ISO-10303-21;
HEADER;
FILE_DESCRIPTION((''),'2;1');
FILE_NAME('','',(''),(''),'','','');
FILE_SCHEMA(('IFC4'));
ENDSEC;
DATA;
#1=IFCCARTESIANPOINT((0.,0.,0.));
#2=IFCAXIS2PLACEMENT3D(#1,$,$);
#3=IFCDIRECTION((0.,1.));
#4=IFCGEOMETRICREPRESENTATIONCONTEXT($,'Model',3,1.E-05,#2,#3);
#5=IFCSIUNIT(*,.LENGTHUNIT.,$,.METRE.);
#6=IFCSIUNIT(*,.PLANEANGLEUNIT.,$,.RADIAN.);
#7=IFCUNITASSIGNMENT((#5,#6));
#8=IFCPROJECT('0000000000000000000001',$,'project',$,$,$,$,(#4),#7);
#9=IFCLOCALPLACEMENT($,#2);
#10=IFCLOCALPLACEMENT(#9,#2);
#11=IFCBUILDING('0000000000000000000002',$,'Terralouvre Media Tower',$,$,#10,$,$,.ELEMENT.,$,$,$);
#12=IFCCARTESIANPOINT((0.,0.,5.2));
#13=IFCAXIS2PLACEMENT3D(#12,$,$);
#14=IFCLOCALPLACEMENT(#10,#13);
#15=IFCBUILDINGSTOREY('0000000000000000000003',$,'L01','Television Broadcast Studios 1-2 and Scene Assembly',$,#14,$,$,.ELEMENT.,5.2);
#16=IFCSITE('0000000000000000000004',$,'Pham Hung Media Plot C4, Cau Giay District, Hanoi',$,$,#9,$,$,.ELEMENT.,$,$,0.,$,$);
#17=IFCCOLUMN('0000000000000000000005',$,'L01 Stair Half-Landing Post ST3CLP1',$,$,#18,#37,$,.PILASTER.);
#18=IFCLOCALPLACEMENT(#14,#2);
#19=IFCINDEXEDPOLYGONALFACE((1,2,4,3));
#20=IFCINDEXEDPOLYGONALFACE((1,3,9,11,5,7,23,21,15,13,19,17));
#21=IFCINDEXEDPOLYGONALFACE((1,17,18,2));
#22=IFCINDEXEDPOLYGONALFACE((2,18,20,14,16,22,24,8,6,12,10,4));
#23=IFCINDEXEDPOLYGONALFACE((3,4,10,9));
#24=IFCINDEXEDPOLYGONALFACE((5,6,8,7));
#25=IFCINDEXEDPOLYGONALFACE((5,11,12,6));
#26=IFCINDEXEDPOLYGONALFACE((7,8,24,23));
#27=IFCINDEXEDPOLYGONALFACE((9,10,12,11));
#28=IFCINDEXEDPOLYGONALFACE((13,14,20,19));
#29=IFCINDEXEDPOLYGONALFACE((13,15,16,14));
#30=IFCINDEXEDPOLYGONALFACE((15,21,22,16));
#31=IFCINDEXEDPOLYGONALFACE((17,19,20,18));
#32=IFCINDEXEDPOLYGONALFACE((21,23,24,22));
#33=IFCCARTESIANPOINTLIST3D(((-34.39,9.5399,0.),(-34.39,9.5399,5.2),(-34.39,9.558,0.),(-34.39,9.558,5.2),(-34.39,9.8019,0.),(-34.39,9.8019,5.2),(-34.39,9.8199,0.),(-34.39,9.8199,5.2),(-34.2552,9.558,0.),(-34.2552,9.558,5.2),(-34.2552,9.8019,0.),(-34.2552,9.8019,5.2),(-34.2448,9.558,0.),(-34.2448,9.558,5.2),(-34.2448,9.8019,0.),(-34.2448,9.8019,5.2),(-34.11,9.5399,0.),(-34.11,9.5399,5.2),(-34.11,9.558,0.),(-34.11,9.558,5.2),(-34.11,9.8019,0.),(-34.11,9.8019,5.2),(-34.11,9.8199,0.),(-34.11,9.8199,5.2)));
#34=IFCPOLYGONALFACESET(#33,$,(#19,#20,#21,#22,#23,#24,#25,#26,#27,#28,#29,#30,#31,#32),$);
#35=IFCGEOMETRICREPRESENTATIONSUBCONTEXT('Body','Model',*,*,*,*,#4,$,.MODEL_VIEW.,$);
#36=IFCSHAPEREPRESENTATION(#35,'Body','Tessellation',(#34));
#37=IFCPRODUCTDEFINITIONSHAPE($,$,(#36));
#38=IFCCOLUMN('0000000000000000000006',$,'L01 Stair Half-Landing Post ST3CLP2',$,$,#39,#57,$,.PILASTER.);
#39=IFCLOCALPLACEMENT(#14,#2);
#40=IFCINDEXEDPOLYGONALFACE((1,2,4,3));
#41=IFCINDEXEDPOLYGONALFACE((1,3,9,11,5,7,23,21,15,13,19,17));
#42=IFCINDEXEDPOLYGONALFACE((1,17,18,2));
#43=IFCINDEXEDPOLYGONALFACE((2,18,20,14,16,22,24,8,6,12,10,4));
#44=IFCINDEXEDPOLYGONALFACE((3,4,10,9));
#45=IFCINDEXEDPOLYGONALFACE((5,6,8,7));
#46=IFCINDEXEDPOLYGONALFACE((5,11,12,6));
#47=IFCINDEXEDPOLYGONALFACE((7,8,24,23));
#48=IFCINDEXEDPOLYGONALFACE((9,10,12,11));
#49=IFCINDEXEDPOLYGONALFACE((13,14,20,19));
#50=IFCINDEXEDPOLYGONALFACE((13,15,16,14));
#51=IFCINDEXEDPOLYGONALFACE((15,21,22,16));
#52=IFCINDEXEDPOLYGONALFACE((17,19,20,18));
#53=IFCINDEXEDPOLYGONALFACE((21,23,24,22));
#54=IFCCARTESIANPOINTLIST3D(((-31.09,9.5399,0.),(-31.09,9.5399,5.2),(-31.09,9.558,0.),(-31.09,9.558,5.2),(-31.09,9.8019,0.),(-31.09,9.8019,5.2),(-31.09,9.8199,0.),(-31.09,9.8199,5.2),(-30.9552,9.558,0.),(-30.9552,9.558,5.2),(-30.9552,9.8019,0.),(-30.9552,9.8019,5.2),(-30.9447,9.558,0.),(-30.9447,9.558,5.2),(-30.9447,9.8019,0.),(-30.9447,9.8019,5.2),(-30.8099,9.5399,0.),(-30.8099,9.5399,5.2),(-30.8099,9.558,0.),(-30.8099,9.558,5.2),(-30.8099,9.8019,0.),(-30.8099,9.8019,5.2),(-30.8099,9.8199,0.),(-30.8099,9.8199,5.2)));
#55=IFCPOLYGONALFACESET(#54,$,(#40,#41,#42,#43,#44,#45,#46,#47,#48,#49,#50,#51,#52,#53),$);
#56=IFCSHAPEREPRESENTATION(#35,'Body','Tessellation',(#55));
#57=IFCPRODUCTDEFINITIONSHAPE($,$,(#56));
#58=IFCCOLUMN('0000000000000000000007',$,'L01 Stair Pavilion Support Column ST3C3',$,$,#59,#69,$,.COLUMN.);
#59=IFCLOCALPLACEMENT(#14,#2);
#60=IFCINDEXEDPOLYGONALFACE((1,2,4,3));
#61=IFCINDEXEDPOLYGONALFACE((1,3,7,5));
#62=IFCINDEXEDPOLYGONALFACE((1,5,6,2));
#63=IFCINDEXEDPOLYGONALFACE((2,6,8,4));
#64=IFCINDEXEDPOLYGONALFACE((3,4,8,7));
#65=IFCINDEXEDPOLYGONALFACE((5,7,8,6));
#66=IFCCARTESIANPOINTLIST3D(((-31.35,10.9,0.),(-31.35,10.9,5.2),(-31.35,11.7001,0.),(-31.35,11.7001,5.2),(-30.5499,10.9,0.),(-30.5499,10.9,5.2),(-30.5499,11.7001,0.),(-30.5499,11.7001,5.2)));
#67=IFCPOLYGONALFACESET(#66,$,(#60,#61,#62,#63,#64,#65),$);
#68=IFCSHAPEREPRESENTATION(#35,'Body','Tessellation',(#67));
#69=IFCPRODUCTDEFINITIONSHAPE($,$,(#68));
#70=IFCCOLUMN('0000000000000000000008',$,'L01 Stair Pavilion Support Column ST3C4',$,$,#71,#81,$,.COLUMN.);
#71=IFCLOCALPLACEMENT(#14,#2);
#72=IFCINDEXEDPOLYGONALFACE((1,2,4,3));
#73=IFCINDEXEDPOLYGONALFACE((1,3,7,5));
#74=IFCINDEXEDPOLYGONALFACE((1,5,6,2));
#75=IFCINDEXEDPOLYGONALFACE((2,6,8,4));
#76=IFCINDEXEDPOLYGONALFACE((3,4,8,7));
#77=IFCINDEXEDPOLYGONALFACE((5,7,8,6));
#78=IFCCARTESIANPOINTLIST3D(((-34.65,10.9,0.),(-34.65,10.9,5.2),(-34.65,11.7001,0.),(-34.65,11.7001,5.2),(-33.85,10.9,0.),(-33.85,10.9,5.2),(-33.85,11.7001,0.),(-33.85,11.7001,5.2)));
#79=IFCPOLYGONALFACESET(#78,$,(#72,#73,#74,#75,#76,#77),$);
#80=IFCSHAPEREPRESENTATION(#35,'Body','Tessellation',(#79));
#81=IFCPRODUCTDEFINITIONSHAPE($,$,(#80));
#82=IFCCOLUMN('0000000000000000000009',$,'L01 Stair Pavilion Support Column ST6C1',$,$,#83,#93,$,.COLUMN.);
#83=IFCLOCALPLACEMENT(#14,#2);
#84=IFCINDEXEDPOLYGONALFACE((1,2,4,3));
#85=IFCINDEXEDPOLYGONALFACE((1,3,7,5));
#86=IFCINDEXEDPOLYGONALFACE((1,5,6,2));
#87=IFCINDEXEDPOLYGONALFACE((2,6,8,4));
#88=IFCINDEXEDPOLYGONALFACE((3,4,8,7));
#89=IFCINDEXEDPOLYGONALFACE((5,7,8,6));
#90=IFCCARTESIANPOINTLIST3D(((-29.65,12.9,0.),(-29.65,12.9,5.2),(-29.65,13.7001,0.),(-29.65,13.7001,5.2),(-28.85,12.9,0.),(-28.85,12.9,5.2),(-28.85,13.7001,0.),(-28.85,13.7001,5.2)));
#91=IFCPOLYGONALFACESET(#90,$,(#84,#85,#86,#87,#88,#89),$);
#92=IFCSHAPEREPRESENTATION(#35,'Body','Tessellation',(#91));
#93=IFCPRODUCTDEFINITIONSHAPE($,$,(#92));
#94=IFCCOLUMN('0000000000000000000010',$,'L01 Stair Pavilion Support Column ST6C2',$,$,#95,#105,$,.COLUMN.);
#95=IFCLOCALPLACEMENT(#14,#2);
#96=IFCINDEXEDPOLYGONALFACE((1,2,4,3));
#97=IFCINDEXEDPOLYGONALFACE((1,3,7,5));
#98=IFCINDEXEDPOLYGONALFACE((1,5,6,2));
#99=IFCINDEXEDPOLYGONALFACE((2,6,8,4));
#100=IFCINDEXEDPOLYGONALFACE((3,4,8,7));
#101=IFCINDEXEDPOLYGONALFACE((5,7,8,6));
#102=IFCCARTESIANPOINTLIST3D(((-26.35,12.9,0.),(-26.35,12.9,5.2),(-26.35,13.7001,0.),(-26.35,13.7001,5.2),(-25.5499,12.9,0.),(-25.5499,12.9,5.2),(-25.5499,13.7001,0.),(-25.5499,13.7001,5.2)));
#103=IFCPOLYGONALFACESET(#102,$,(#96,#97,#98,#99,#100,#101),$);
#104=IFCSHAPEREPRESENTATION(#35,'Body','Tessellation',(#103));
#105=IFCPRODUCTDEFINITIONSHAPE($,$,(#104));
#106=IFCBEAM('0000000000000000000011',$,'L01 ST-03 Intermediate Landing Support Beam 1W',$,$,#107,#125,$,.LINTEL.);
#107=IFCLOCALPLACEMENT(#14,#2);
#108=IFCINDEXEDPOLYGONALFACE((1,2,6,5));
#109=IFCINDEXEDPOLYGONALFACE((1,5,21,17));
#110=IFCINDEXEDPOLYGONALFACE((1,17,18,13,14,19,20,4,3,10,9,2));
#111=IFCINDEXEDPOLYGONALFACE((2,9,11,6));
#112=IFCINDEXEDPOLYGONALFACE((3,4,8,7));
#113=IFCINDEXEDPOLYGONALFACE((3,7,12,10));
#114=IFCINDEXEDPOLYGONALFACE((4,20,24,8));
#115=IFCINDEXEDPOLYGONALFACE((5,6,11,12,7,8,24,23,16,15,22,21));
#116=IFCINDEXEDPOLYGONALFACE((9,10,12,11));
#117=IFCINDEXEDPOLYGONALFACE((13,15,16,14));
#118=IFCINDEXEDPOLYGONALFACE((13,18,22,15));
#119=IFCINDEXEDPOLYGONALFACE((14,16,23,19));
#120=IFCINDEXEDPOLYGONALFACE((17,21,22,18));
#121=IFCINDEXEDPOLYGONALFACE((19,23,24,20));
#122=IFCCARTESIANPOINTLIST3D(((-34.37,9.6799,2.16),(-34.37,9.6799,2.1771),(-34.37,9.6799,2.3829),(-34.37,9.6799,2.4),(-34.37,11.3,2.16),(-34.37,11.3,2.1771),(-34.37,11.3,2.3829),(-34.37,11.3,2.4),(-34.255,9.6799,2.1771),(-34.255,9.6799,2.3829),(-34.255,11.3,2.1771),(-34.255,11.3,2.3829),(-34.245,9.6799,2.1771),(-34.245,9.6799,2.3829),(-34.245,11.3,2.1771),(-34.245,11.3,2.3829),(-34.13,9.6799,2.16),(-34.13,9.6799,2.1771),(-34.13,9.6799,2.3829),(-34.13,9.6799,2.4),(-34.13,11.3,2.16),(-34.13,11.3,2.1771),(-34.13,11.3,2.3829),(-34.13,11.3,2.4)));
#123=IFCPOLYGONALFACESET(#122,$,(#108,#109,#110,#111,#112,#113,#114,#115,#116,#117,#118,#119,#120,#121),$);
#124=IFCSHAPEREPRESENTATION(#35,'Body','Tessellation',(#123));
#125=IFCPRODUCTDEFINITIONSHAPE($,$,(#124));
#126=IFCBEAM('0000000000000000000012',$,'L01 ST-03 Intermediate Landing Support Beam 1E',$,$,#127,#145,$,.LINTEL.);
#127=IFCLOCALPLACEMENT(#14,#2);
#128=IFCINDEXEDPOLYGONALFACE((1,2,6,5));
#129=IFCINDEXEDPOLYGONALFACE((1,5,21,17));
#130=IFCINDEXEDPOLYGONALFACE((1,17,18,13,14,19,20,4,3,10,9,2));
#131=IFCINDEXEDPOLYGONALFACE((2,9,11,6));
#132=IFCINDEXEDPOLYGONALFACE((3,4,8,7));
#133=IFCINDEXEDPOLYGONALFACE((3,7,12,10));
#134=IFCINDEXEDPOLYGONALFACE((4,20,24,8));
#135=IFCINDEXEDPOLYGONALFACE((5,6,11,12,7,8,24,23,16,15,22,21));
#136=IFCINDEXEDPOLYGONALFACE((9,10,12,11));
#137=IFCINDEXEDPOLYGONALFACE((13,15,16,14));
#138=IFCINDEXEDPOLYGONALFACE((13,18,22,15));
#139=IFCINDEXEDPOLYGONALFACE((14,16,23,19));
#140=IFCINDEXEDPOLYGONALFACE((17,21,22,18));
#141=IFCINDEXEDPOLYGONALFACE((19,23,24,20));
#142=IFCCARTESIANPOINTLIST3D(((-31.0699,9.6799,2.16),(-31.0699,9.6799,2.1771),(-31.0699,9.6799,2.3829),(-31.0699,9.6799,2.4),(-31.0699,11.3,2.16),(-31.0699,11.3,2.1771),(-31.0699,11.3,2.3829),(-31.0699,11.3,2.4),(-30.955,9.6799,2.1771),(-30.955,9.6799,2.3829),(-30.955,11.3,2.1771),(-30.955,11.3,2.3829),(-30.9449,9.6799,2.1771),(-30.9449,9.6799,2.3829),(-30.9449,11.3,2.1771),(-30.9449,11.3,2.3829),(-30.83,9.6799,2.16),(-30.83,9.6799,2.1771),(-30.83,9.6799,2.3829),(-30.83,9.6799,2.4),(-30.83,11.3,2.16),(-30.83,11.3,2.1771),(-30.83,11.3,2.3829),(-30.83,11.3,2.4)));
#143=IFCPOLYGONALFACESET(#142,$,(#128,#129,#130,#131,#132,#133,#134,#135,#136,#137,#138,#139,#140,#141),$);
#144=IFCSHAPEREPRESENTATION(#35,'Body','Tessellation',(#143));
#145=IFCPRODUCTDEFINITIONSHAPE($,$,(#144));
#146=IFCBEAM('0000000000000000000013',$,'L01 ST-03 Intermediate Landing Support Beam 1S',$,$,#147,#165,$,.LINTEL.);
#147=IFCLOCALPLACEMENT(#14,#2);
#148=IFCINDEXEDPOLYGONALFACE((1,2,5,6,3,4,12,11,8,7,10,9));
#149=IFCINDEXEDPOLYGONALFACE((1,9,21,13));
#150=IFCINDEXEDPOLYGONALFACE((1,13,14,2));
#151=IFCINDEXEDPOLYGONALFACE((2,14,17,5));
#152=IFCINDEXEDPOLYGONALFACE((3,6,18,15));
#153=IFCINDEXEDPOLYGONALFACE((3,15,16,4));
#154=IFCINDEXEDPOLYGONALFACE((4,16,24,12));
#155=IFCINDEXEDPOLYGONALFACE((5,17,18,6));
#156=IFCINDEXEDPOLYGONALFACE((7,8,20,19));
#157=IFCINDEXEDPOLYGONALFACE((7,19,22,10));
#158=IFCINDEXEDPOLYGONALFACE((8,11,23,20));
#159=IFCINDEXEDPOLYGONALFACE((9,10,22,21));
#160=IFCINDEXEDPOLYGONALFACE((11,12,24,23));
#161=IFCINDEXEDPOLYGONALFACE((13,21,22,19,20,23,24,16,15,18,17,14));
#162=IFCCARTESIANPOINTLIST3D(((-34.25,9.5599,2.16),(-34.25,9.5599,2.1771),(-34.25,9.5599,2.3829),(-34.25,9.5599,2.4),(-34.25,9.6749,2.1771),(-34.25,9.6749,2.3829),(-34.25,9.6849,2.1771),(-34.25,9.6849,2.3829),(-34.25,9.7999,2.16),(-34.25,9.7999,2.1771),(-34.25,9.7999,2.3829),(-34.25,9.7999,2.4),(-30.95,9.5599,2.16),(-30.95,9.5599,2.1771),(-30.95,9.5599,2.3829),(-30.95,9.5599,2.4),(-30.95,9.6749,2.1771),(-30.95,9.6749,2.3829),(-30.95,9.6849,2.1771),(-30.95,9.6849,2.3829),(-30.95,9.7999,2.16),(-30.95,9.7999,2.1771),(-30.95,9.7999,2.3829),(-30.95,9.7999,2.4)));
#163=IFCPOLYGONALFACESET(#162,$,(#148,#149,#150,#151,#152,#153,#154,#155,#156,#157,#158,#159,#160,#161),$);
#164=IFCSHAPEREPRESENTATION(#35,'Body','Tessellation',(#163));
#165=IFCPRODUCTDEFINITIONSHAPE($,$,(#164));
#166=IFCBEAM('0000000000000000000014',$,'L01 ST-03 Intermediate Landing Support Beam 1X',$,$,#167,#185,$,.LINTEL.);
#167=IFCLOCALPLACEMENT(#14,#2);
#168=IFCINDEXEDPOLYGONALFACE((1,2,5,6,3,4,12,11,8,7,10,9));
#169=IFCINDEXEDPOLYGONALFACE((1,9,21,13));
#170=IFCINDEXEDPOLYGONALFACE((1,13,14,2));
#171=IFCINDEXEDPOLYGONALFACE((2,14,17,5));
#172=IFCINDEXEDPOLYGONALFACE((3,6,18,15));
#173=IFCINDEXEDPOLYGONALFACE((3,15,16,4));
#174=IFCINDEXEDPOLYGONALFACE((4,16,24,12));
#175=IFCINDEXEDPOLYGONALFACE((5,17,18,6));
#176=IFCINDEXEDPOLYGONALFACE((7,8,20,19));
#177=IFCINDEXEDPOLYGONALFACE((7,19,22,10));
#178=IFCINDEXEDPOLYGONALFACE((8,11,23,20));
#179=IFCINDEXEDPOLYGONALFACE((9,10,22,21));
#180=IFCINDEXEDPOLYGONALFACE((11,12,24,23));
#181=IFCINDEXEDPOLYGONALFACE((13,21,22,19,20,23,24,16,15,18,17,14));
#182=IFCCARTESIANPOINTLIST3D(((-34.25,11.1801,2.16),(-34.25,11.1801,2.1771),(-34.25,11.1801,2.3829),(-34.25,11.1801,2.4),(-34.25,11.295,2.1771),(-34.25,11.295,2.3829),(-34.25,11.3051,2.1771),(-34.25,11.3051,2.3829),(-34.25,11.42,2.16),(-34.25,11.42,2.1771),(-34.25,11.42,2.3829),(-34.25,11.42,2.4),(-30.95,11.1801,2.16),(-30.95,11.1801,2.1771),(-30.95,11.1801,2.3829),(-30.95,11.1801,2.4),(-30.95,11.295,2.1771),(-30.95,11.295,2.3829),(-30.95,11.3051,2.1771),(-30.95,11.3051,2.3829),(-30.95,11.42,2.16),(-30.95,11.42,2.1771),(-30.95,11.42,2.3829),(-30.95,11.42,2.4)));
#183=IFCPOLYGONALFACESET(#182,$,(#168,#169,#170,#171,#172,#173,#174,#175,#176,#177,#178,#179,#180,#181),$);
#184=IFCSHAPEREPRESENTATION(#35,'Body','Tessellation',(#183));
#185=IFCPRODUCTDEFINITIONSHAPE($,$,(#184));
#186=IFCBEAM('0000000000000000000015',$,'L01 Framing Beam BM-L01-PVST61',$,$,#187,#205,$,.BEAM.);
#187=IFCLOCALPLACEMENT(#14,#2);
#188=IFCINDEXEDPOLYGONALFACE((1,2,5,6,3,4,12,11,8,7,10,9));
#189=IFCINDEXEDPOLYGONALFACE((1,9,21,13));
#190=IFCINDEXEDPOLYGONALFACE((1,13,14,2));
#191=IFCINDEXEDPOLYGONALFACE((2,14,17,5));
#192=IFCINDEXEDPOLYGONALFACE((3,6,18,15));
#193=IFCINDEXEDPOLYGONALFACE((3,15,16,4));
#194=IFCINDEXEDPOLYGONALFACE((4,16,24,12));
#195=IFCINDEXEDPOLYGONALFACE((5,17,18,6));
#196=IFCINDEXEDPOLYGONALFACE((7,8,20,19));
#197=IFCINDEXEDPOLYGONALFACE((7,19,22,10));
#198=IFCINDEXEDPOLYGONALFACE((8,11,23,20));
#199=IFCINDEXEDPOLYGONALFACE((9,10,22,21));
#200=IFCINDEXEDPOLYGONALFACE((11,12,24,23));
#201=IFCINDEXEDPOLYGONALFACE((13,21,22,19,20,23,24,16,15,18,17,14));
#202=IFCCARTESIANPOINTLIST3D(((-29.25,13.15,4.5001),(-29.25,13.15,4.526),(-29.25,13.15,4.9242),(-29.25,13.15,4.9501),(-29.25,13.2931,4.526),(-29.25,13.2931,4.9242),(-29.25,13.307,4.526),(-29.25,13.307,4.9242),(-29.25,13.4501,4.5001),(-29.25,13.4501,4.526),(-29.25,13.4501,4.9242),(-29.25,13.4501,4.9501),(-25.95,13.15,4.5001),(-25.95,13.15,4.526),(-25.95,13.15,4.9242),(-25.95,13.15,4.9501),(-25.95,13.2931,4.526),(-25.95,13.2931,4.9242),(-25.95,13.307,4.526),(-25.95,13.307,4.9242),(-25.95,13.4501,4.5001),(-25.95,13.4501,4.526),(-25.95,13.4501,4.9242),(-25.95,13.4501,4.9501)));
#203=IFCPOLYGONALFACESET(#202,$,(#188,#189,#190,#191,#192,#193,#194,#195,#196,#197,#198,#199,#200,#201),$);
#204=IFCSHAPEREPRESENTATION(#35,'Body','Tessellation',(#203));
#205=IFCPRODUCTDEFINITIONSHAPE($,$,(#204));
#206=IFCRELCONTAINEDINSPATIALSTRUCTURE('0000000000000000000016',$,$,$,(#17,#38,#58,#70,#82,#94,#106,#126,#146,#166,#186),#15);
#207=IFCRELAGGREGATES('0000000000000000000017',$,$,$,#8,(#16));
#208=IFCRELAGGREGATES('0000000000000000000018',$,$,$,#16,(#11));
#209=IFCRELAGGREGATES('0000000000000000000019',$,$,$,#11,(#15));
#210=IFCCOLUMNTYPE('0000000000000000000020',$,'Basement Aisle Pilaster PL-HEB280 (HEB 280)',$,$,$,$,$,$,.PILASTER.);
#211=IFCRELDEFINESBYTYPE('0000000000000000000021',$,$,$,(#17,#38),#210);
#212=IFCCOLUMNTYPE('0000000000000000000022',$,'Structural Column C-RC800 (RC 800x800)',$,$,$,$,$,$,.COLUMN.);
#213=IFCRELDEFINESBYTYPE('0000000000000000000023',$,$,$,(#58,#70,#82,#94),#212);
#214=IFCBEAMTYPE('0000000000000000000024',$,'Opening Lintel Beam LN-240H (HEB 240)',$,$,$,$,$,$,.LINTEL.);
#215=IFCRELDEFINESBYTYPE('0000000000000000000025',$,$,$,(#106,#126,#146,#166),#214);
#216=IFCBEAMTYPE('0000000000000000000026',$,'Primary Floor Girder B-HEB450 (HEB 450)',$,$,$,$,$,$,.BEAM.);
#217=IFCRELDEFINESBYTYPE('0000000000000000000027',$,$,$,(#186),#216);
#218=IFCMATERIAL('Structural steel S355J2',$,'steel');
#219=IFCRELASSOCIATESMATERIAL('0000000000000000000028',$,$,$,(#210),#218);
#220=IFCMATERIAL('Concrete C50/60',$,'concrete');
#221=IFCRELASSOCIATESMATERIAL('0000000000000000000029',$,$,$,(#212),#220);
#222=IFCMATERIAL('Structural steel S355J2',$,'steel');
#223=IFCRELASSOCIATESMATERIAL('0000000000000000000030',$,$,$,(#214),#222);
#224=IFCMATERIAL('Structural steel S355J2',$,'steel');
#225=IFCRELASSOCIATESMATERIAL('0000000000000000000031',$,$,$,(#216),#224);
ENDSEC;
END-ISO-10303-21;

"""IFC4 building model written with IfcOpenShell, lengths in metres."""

from ifc_helpers import new_model, si_unit, direction, frame, origin, origin_2d, place, context, subcontext, project, spatial, rectangle, i_section, extrude, material, material_profile, profile_set, type_object, element, save


model = new_model("IFC4")

# Units and contexts
model_context = context("Model", 3, precision=1e-05, world=origin(), true_north=direction((0.0, 1.0)))
body_context = subcontext(model_context, "Body", "Model", "MODEL_VIEW")
ifc_project = project(units=[si_unit("LENGTHUNIT", "METRE"), si_unit("PLANEANGLEUNIT", "RADIAN")], contexts=[model_context])

# Site, building, storey
site_placement = place(None, origin())
site = spatial("IfcSite", under=ifc_project, at=site_placement, Name="Pham Hung Media Plot C4, Cau Giay District, Hanoi", CompositionType="ELEMENT", RefElevation=0.0)
building_placement = place(site_placement, origin())
building = spatial("IfcBuilding", under=site, at=building_placement, Name="Terralouvre Media Tower", CompositionType="ELEMENT")
storey_placement = place(building_placement, frame((0.0, 0.0, 5.2)))
storey = spatial("IfcBuildingStorey", under=building, at=storey_placement, Name="L01", Description="Television Broadcast Studios 1-2 and Scene Assembly", CompositionType="ELEMENT", Elevation=5.2)

# Columns
ifc_material_1 = material(Name="Structural steel S355J2", Category="steel")
ifc_material_profile_1 = material_profile(ifc_material_1, i_section(OverallWidth=0.28, OverallDepth=0.28, WebThickness=0.0105, FlangeThickness=0.0181, at=origin_2d()), Name="HEB 280")
ifc_profile_set_1 = profile_set([ifc_material_profile_1], Name="Structural steel S355J2")
column_type_1 = type_object("IfcColumnType", Name="Basement Aisle Pilaster PL-HEB280 (HEB 280)", PredefinedType="PILASTER", material=ifc_profile_set_1)
for number, where, z_axis, x_axis, name in (
    (1, (-34.25, 9.6799, 0.0), (0.0, 0.0, 1.0), (1.0, 0.0, 0.0), "L01 Stair Half-Landing Post ST3CLP1"),
    (2, (-30.95, 9.6799, 0.0), (0.0, 0.0, 1.0), (1.0, 0.0, 0.0), "L01 Stair Half-Landing Post ST3CLP2"),
):
    element("IfcColumn", number, at=place(storey_placement, frame(where, z_axis=z_axis, x_axis=x_axis)), inside=storey, type_object=column_type_1, Name=name, PredefinedType="PILASTER", context=body_context, shape_type="SweptSolid", body=[
        extrude(i_section(OverallWidth=0.28, OverallDepth=0.28, WebThickness=0.0105, FlangeThickness=0.0181, at=origin_2d()), origin(), (0.0, 0.0, 1.0), 5.2),
    ])
ifc_material_2 = material(Name="Concrete C50/60", Category="concrete")
ifc_material_profile_2 = material_profile(ifc_material_2, rectangle(XDim=0.8, YDim=0.8, at=origin_2d()), Name="RC 800x800")
ifc_profile_set_2 = profile_set([ifc_material_profile_2], Name="Concrete C50/60")
column_type_2 = type_object("IfcColumnType", Name="Structural Column C-RC800 (RC 800x800)", PredefinedType="COLUMN", material=ifc_profile_set_2)
for number, where, z_axis, x_axis, name in (
    (3, (-30.95, 11.3, 0.0), (0.0, 0.0, 1.0), (1.0, 0.0, 0.0), "L01 Stair Pavilion Support Column ST3C3"),
    (4, (-34.25, 11.3, 0.0), (0.0, 0.0, 1.0), (1.0, 0.0, 0.0), "L01 Stair Pavilion Support Column ST3C4"),
    (5, (-29.25, 13.3, 0.0), (0.0, 0.0, 1.0), (1.0, 0.0, 0.0), "L01 Stair Pavilion Support Column ST6C1"),
    (6, (-25.95, 13.3, 0.0), (0.0, 0.0, 1.0), (1.0, 0.0, 0.0), "L01 Stair Pavilion Support Column ST6C2"),
):
    element("IfcColumn", number, at=place(storey_placement, frame(where, z_axis=z_axis, x_axis=x_axis)), inside=storey, type_object=column_type_2, Name=name, PredefinedType="COLUMN", context=body_context, shape_type="SweptSolid", body=[
        extrude(rectangle(XDim=0.8, YDim=0.8, at=origin_2d()), origin(), (0.0, 0.0, 1.0), 5.2),
    ])

# Beams
ifc_material_3 = material(Name="Structural steel S355J2", Category="steel")
ifc_material_profile_3 = material_profile(ifc_material_3, i_section(OverallWidth=0.24, OverallDepth=0.24, WebThickness=0.01, FlangeThickness=0.0171, at=origin_2d()), Name="HEB 240")
ifc_profile_set_3 = profile_set([ifc_material_profile_3], Name="Structural steel S355J2")
beam_type_1 = type_object("IfcBeamType", Name="Opening Lintel Beam LN-240H (HEB 240)", PredefinedType="LINTEL", material=ifc_profile_set_3)
for number, where, z_axis, x_axis, name in (
    (7, (-34.25, 9.6799, 2.28), (0.0, 1.0, 0.0), (-1.0, 0.0, 0.0), "L01 ST-03 Intermediate Landing Support Beam 1W"),
    (8, (-30.95, 9.6799, 2.28), (0.0, 1.0, 0.0), (-1.0, 0.0, 0.0), "L01 ST-03 Intermediate Landing Support Beam 1E"),
):
    element("IfcBeam", number, at=place(storey_placement, frame(where, z_axis=z_axis, x_axis=x_axis)), inside=storey, type_object=beam_type_1, Name=name, PredefinedType="LINTEL", context=body_context, shape_type="SweptSolid", body=[
        extrude(i_section(OverallWidth=0.24, OverallDepth=0.24, WebThickness=0.01, FlangeThickness=0.0171, at=origin_2d()), origin(), (0.0, 0.0, 1.0), 1.6201),
    ])
for number, where, z_axis, x_axis, name in (
    (9, (-34.25, 9.6799, 2.28), (1.0, 0.0, 0.0), (0.0, 1.0, 0.0), "L01 ST-03 Intermediate Landing Support Beam 1S"),
    (10, (-34.25, 11.3, 2.28), (1.0, 0.0, 0.0), (0.0, 1.0, 0.0), "L01 ST-03 Intermediate Landing Support Beam 1X"),
):
    element("IfcBeam", number, at=place(storey_placement, frame(where, z_axis=z_axis, x_axis=x_axis)), inside=storey, type_object=beam_type_1, Name=name, PredefinedType="LINTEL", context=body_context, shape_type="SweptSolid", body=[
        extrude(i_section(OverallWidth=0.24, OverallDepth=0.24, WebThickness=0.01, FlangeThickness=0.0171, at=origin_2d()), origin(), (0.0, 0.0, 1.0), 3.3),
    ])
ifc_material_4 = material(Name="Structural steel S355J2", Category="steel")
ifc_material_profile_4 = material_profile(ifc_material_4, i_section(OverallWidth=0.3, OverallDepth=0.45, WebThickness=0.0139, FlangeThickness=0.0259, at=origin_2d()), Name="HEB 450")
ifc_profile_set_4 = profile_set([ifc_material_profile_4], Name="Structural steel S355J2")
beam_type_2 = type_object("IfcBeamType", Name="Primary Floor Girder B-HEB450 (HEB 450)", PredefinedType="BEAM", material=ifc_profile_set_4)
beam_1_placement = place(storey_placement, frame((-29.25, 13.3, 4.7251), z_axis=(1.0, 0.0, 0.0), x_axis=(0.0, 1.0, 0.0)))
element("IfcBeam", 11, at=beam_1_placement, inside=storey, type_object=beam_type_2, Name="L01 Framing Beam BM-L01-PVST61", PredefinedType="BEAM", context=body_context, shape_type="SweptSolid", body=[
    extrude(i_section(OverallWidth=0.3, OverallDepth=0.45, WebThickness=0.0139, FlangeThickness=0.0259, at=origin_2d()), origin(), (0.0, 0.0, 1.0), 3.3),
])

save(model, "model.ifc")
